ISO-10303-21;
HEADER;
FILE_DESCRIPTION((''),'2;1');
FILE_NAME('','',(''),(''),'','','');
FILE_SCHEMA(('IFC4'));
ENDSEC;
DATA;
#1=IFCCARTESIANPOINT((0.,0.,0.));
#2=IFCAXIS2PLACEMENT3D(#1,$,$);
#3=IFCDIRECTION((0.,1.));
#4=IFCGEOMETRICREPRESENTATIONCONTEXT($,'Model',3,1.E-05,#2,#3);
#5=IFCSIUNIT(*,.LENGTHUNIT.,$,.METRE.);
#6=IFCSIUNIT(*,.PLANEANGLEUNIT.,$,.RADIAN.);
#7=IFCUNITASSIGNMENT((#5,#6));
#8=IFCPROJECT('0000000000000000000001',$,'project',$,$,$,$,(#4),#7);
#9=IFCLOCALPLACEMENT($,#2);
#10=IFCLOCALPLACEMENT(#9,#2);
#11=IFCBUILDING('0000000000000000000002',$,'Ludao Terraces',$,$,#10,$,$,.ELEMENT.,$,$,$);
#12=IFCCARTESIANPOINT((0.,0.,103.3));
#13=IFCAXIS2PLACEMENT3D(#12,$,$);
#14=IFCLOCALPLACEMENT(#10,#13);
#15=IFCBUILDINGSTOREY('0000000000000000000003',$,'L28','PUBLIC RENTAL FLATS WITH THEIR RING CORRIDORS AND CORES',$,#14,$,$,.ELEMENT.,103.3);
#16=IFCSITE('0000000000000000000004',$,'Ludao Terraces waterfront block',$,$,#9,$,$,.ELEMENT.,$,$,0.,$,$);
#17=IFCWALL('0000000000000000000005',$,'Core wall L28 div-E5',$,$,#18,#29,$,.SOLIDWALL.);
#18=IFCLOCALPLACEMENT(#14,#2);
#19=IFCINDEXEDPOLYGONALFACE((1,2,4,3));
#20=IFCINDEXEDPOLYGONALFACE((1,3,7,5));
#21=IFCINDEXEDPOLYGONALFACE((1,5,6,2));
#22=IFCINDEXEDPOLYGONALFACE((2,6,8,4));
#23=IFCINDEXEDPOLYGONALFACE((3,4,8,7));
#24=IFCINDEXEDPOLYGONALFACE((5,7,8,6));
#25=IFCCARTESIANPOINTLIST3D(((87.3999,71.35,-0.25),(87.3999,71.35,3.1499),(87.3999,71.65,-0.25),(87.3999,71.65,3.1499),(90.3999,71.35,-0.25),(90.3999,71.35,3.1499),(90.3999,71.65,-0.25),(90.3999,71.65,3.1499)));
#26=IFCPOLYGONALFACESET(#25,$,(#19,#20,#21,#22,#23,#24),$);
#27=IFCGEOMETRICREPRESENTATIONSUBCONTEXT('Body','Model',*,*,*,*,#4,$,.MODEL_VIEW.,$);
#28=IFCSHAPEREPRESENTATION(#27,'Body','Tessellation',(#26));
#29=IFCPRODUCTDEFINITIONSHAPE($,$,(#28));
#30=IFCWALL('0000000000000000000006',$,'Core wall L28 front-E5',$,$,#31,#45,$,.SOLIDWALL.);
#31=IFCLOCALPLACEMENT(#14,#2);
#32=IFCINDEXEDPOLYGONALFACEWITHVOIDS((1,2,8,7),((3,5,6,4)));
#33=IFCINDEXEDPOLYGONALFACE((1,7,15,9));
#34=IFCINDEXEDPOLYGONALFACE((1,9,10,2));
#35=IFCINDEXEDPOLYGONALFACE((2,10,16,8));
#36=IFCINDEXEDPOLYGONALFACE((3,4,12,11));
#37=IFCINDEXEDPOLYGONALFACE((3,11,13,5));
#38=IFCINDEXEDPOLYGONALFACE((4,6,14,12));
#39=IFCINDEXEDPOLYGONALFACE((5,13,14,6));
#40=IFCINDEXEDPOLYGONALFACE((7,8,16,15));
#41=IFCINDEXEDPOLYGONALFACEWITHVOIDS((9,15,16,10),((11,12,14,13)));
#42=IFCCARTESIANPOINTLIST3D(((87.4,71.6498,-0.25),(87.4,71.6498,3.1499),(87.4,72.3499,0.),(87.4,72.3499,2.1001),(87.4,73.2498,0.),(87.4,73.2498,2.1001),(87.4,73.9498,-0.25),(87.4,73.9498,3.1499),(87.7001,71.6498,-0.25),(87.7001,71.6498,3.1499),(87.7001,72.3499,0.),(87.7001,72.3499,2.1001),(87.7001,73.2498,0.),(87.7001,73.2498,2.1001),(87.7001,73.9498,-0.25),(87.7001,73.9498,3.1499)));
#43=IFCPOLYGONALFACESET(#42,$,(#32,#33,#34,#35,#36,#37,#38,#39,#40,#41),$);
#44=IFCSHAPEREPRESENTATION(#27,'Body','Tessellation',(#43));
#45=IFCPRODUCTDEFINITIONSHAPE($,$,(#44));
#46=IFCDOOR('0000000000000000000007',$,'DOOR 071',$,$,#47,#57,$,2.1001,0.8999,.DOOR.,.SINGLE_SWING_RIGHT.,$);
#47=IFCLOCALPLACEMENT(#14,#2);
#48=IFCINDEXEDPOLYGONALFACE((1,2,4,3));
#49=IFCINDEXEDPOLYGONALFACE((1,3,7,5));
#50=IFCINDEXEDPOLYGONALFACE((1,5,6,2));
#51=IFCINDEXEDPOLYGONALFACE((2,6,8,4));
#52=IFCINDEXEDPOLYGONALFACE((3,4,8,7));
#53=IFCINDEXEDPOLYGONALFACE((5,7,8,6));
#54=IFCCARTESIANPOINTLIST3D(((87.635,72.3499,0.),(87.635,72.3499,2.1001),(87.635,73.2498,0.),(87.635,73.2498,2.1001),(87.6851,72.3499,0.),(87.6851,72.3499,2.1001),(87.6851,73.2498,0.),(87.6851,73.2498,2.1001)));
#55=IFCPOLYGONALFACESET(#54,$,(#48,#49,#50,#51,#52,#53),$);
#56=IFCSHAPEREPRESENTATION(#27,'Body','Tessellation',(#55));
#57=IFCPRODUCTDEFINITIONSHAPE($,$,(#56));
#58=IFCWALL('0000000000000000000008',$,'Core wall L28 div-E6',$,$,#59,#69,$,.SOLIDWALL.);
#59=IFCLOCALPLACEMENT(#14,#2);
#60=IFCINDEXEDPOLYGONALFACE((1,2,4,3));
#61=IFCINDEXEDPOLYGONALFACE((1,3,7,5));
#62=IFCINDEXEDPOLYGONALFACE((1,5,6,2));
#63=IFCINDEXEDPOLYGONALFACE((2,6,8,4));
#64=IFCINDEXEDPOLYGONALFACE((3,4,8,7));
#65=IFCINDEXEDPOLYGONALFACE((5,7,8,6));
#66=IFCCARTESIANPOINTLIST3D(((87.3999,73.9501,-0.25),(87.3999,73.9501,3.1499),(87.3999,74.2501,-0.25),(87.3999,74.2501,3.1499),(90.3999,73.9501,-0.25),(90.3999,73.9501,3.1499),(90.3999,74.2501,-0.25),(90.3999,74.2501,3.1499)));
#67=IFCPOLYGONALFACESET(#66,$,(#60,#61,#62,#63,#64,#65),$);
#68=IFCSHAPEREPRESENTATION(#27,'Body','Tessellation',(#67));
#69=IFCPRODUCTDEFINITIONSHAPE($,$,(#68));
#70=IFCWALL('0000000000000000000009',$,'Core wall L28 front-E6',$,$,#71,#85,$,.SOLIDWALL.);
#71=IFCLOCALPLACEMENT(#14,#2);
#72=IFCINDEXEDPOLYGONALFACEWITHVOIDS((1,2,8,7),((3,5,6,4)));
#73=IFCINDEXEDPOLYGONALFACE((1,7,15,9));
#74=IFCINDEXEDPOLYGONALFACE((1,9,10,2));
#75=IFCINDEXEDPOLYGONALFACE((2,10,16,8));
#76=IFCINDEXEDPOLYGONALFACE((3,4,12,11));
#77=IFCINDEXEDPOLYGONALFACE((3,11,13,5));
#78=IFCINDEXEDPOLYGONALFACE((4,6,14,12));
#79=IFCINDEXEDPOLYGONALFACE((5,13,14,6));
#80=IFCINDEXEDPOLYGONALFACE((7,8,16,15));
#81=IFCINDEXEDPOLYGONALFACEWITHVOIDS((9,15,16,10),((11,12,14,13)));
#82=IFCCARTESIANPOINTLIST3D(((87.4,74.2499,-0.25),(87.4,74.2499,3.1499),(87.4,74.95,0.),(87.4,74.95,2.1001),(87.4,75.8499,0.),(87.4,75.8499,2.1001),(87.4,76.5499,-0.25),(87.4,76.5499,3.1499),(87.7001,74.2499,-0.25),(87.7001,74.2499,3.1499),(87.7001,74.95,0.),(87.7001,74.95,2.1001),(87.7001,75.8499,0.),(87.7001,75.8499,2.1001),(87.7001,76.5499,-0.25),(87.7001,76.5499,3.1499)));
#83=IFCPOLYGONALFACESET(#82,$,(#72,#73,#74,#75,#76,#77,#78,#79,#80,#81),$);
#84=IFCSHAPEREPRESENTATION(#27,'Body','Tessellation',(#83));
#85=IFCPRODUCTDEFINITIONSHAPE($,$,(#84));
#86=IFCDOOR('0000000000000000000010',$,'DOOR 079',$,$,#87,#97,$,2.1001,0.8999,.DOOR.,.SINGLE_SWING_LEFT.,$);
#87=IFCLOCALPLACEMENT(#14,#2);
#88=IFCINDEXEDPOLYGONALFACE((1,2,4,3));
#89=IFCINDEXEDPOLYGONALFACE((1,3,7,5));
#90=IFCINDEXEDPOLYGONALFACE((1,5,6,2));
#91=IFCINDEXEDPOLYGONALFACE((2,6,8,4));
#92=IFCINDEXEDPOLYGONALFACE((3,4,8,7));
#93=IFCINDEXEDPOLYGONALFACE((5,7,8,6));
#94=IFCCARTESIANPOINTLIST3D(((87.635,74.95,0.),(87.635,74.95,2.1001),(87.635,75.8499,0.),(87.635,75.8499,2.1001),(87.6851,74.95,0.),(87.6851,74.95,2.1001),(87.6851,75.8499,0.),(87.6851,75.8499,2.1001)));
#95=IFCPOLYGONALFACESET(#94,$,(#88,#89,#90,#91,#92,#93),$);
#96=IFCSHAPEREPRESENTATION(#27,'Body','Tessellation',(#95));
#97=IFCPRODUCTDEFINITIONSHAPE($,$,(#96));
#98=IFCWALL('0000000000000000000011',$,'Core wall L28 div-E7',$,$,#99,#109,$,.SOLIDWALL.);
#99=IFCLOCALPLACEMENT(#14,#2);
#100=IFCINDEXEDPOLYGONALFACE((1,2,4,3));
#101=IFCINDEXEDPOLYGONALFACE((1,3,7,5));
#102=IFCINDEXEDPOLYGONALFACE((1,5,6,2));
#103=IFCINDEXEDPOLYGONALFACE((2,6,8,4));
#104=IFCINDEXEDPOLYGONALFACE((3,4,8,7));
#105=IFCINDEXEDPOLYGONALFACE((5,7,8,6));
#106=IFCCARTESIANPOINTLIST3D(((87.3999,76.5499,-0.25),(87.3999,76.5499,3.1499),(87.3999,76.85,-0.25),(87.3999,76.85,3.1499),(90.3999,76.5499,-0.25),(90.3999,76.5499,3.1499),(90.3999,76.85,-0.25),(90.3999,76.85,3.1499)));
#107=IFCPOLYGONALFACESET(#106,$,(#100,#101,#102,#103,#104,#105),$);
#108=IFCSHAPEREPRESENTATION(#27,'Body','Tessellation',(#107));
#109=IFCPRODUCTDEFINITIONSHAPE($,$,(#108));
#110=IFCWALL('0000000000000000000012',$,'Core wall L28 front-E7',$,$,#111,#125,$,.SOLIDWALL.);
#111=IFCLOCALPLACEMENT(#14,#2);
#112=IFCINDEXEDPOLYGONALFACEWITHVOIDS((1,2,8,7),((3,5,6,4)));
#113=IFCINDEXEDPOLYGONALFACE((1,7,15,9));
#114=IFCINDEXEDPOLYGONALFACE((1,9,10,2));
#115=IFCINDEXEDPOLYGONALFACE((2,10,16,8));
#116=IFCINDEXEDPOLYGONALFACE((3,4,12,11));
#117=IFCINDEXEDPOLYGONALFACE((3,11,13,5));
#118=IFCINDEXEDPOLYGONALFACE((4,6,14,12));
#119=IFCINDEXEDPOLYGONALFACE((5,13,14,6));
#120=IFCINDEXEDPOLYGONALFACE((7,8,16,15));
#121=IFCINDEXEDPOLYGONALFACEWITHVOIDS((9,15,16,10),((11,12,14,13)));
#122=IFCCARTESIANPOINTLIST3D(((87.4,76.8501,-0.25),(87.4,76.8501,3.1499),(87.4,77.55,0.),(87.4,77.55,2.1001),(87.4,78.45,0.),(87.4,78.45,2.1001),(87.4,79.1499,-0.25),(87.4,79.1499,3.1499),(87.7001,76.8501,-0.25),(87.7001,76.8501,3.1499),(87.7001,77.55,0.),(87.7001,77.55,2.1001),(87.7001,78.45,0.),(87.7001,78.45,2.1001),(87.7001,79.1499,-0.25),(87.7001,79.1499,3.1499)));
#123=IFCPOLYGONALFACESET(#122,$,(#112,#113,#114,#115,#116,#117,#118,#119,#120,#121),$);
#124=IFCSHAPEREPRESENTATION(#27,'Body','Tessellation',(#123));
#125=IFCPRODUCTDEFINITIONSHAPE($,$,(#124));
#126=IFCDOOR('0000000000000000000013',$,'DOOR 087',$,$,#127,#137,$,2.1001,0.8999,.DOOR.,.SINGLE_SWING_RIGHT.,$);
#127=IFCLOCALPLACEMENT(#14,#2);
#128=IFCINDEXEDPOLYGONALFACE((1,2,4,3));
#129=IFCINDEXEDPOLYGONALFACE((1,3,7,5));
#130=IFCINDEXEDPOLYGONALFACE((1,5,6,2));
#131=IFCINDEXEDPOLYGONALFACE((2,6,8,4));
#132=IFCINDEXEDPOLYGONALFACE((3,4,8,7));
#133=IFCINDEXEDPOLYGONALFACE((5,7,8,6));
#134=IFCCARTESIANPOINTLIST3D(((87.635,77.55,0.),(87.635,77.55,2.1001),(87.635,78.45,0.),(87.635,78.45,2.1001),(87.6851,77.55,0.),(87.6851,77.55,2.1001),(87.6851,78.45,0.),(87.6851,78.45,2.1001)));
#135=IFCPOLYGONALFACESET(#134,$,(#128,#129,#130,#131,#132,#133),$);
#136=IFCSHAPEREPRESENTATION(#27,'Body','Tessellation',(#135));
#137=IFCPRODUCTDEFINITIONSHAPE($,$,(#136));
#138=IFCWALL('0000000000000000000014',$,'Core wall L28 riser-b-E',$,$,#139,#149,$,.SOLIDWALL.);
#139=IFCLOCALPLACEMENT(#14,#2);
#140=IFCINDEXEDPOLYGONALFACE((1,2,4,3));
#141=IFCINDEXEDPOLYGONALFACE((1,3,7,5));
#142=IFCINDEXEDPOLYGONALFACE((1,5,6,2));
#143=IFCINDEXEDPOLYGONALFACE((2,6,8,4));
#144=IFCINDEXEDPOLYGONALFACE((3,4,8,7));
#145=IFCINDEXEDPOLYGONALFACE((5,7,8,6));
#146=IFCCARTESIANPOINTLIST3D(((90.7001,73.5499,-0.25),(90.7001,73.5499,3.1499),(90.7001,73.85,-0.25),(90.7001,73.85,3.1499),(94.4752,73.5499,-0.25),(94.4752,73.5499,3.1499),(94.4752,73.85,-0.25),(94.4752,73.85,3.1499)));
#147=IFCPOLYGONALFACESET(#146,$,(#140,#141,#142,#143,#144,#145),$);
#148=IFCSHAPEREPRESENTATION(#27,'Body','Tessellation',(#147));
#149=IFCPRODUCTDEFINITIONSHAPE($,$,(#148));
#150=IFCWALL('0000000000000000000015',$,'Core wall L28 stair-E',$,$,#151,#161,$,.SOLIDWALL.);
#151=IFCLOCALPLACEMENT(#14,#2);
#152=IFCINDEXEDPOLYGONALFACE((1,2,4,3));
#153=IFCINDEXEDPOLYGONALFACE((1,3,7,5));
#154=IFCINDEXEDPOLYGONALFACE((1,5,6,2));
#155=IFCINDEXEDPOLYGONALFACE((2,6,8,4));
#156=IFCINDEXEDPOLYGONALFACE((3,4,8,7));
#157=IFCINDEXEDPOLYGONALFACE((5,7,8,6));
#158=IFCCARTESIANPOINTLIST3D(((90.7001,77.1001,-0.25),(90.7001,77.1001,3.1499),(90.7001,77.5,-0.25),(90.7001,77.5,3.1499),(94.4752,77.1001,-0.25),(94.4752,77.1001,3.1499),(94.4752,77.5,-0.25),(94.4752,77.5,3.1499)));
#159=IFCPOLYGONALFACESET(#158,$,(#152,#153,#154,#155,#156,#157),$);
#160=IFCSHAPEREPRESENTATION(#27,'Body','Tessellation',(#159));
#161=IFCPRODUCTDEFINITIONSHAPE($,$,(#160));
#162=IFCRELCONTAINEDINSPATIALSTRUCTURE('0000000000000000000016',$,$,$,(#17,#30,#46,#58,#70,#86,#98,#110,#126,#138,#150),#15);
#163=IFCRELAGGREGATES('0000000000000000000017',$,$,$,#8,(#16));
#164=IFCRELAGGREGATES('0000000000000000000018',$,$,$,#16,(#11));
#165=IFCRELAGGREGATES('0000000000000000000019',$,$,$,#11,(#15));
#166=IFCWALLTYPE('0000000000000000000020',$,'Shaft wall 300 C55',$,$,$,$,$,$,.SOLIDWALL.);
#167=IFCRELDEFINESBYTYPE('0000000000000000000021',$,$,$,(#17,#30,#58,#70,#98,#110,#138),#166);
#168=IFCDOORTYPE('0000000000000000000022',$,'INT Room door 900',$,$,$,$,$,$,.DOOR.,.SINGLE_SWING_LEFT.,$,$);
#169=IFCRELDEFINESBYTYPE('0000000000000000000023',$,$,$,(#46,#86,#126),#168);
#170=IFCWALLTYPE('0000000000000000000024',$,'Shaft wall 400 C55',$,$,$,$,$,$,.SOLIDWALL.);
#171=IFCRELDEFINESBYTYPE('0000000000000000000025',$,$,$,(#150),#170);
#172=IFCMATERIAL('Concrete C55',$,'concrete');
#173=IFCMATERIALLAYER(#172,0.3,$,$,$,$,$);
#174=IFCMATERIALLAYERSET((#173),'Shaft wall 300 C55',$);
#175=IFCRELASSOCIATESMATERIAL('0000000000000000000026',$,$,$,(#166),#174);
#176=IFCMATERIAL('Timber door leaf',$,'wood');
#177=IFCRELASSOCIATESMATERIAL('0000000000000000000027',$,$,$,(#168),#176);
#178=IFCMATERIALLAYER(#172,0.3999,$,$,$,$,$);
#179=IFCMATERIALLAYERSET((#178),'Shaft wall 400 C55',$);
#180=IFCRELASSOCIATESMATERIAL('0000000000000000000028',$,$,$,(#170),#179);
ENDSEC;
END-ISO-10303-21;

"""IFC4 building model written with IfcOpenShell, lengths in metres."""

from ifc_helpers import new_model, si_unit, direction, frame, frame_2d, origin, place, context, subcontext, project, spatial, rectangle, extrude, material, layer, layer_set, type_object, element, fill, save


model = new_model("IFC4")

# Units and contexts
model_context = context("Model", 3, precision=1e-05, world=origin(), true_north=direction((0.0, 1.0)))
body_context = subcontext(model_context, "Body", "Model", "MODEL_VIEW")
ifc_project = project(units=[si_unit("LENGTHUNIT", "METRE"), si_unit("PLANEANGLEUNIT", "RADIAN")], contexts=[model_context])

# Site, building, storey
site_placement = place(None, origin())
site = spatial("IfcSite", under=ifc_project, at=site_placement, Name="Ludao Terraces waterfront block", CompositionType="ELEMENT", RefElevation=0.0)
building_placement = place(site_placement, origin())
building = spatial("IfcBuilding", under=site, at=building_placement, Name="Ludao Terraces", CompositionType="ELEMENT")
storey_placement = place(building_placement, frame((0.0, 0.0, 103.3)))
storey = spatial("IfcBuildingStorey", under=building, at=storey_placement, Name="L28", Description="PUBLIC RENTAL FLATS WITH THEIR RING CORRIDORS AND CORES", CompositionType="ELEMENT", Elevation=103.3)

# Shared definitions
ifc_material_1 = material(Name="Concrete C55", Category="concrete")
ifc_layer_1 = layer(ifc_material_1, 0.3)
ifc_layer_set_1 = layer_set([ifc_layer_1], Name="Shaft wall 300 C55")
wall_type_1 = type_object("IfcWallType", Name="Shaft wall 300 C55", PredefinedType="SOLIDWALL", material=ifc_layer_set_1)

# Wall
wall_1_placement = place(storey_placement, frame((87.3999, 71.5, -0.25), z_axis=(0.0, 0.0, 1.0), x_axis=(1.0, 0.0, 0.0)))
element("IfcWall", 1, at=wall_1_placement, inside=storey, type_object=wall_type_1, Name="Core wall L28 div-E5", PredefinedType="SOLIDWALL", context=body_context, shape_type="SweptSolid", body=[
    extrude(rectangle(XDim=3.0, YDim=0.3, at=frame_2d((1.5, 0.0))), origin(), (0.0, 0.0, 1.0), 3.3999),
])

# Wall, opening, door
wall_2_placement = place(storey_placement, frame((87.55, 71.6499, -0.25), z_axis=(0.0, 0.0, 1.0), x_axis=(0.0, 1.0, 0.0)))
wall_2 = element("IfcWall", 2, at=wall_2_placement, inside=storey, type_object=wall_type_1, Name="Core wall L28 front-E5", PredefinedType="SOLIDWALL", context=body_context, shape_type="SweptSolid", body=[
    extrude(rectangle(XDim=2.3, YDim=0.3, at=frame_2d((1.1499, 0.0))), origin(), (0.0, 0.0, 1.0), 3.3999),
])
opening_1_placement = place(wall_2_placement, frame((0.7, 0.0, 0.25)))
opening_1 = element("IfcOpeningElement", 3, at=opening_1_placement, cuts=wall_2, PredefinedType="OPENING", context=body_context, shape_type="SweptSolid", body=[
    extrude(rectangle(XDim=0.8999, YDim=2.1001, at=frame_2d((0.45, 1.05))), frame((0.0, 0.1602, 0.0), z_axis=(0.0, -1.0, 0.0), x_axis=(1.0, 0.0, 0.0)), (0.0, 0.0, 1.0), 0.3201),
])
ifc_material_2 = material(Name="Timber door leaf", Category="wood")
door_type_1 = type_object("IfcDoorType", Name="INT Room door 900", OperationType="SINGLE_SWING_LEFT", PredefinedType="DOOR", material=ifc_material_2)
door_1_placement = place(opening_1_placement, origin())
door_1 = element("IfcDoor", 4, at=door_1_placement, inside=storey, type_object=door_type_1, Name="DOOR 071", OperationType="SINGLE_SWING_RIGHT", OverallHeight=2.1001, OverallWidth=0.8999, PredefinedType="DOOR", context=body_context, shape_type="SweptSolid", body=[
    extrude(rectangle(XDim=0.8999, YDim=2.1001, at=frame_2d((0.45, 1.05))), frame((0.0, -0.085, 0.0), z_axis=(0.0, -1.0, 0.0), x_axis=(1.0, 0.0, 0.0)), (0.0, 0.0, 1.0), 0.05),
])
fill(opening_1, door_1)

# Wall
wall_3_placement = place(storey_placement, frame((87.3999, 74.1001, -0.25), z_axis=(0.0, 0.0, 1.0), x_axis=(1.0, 0.0, 0.0)))
element("IfcWall", 5, at=wall_3_placement, inside=storey, type_object=wall_type_1, Name="Core wall L28 div-E6", PredefinedType="SOLIDWALL", context=body_context, shape_type="SweptSolid", body=[
    extrude(rectangle(XDim=3.0, YDim=0.3, at=frame_2d((1.5, 0.0))), origin(), (0.0, 0.0, 1.0), 3.3999),
])

# Wall, opening, door
wall_4_placement = place(storey_placement, frame((87.55, 74.25, -0.25), z_axis=(0.0, 0.0, 1.0), x_axis=(0.0, 1.0, 0.0)))
wall_4 = element("IfcWall", 6, at=wall_4_placement, inside=storey, type_object=wall_type_1, Name="Core wall L28 front-E6", PredefinedType="SOLIDWALL", context=body_context, shape_type="SweptSolid", body=[
    extrude(rectangle(XDim=2.3, YDim=0.3, at=frame_2d((1.1499, 0.0))), origin(), (0.0, 0.0, 1.0), 3.3999),
])
opening_2_placement = place(wall_4_placement, frame((0.7, 0.0, 0.25)))
opening_2 = element("IfcOpeningElement", 7, at=opening_2_placement, cuts=wall_4, PredefinedType="OPENING", context=body_context, shape_type="SweptSolid", body=[
    extrude(rectangle(XDim=0.8999, YDim=2.1001, at=frame_2d((0.45, 1.05))), frame((0.0, 0.1602, 0.0), z_axis=(0.0, -1.0, 0.0), x_axis=(1.0, 0.0, 0.0)), (0.0, 0.0, 1.0), 0.3201),
])
door_2_placement = place(opening_2_placement, origin())
door_2 = element("IfcDoor", 8, at=door_2_placement, inside=storey, type_object=door_type_1, Name="DOOR 079", OperationType="SINGLE_SWING_LEFT", OverallHeight=2.1001, OverallWidth=0.8999, PredefinedType="DOOR", context=body_context, shape_type="SweptSolid", body=[
    extrude(rectangle(XDim=0.8999, YDim=2.1001, at=frame_2d((0.45, 1.05))), frame((0.0, -0.085, 0.0), z_axis=(0.0, -1.0, 0.0), x_axis=(1.0, 0.0, 0.0)), (0.0, 0.0, 1.0), 0.05),
])
fill(opening_2, door_2)

# Wall
wall_5_placement = place(storey_placement, frame((87.3999, 76.7, -0.25), z_axis=(0.0, 0.0, 1.0), x_axis=(1.0, 0.0, 0.0)))
element("IfcWall", 9, at=wall_5_placement, inside=storey, type_object=wall_type_1, Name="Core wall L28 div-E7", PredefinedType="SOLIDWALL", context=body_context, shape_type="SweptSolid", body=[
    extrude(rectangle(XDim=3.0, YDim=0.3, at=frame_2d((1.5, 0.0))), origin(), (0.0, 0.0, 1.0), 3.3999),
])

# Wall, opening, door
wall_6_placement = place(storey_placement, frame((87.55, 76.8501, -0.25), z_axis=(0.0, 0.0, 1.0), x_axis=(0.0, 1.0, 0.0)))
wall_6 = element("IfcWall", 10, at=wall_6_placement, inside=storey, type_object=wall_type_1, Name="Core wall L28 front-E7", PredefinedType="SOLIDWALL", context=body_context, shape_type="SweptSolid", body=[
    extrude(rectangle(XDim=2.2998, YDim=0.3, at=frame_2d((1.1499, 0.0))), origin(), (0.0, 0.0, 1.0), 3.3999),
])
opening_3_placement = place(wall_6_placement, frame((0.7, 0.0, 0.25)))
opening_3 = element("IfcOpeningElement", 11, at=opening_3_placement, cuts=wall_6, PredefinedType="OPENING", context=body_context, shape_type="SweptSolid", body=[
    extrude(rectangle(XDim=0.8999, YDim=2.1001, at=frame_2d((0.45, 1.05))), frame((0.0, 0.1602, 0.0), z_axis=(0.0, -1.0, 0.0), x_axis=(1.0, 0.0, 0.0)), (0.0, 0.0, 1.0), 0.3201),
])
door_3_placement = place(opening_3_placement, origin())
door_3 = element("IfcDoor", 12, at=door_3_placement, inside=storey, type_object=door_type_1, Name="DOOR 087", OperationType="SINGLE_SWING_RIGHT", OverallHeight=2.1001, OverallWidth=0.8999, PredefinedType="DOOR", context=body_context, shape_type="SweptSolid", body=[
    extrude(rectangle(XDim=0.8999, YDim=2.1001, at=frame_2d((0.45, 1.05))), frame((0.0, -0.085, 0.0), z_axis=(0.0, -1.0, 0.0), x_axis=(1.0, 0.0, 0.0)), (0.0, 0.0, 1.0), 0.05),
])
fill(opening_3, door_3)

# Walls
wall_7_placement = place(storey_placement, frame((90.7, 73.7, -0.25), z_axis=(0.0, 0.0, 1.0), x_axis=(1.0, 0.0, 0.0)))
element("IfcWall", 13, at=wall_7_placement, inside=storey, type_object=wall_type_1, Name="Core wall L28 riser-b-E", PredefinedType="SOLIDWALL", context=body_context, shape_type="SweptSolid", body=[
    extrude(rectangle(XDim=3.7751, YDim=0.3, at=frame_2d((1.8877, 0.0))), origin(), (0.0, 0.0, 1.0), 3.3999),
])
ifc_layer_2 = layer(ifc_material_1, 0.3999)
ifc_layer_set_2 = layer_set([ifc_layer_2], Name="Shaft wall 400 C55")
wall_type_2 = type_object("IfcWallType", Name="Shaft wall 400 C55", PredefinedType="SOLIDWALL", material=ifc_layer_set_2)
wall_8_placement = place(storey_placement, frame((90.7, 77.3, -0.25), z_axis=(0.0, 0.0, 1.0), x_axis=(1.0, 0.0, 0.0)))
element("IfcWall", 14, at=wall_8_placement, inside=storey, type_object=wall_type_2, Name="Core wall L28 stair-E", PredefinedType="SOLIDWALL", context=body_context, shape_type="SweptSolid", body=[
    extrude(rectangle(XDim=3.7751, YDim=0.3999, at=frame_2d((1.8877, 0.0))), origin(), (0.0, 0.0, 1.0), 3.3999),
])

save(model, "model.ifc")
